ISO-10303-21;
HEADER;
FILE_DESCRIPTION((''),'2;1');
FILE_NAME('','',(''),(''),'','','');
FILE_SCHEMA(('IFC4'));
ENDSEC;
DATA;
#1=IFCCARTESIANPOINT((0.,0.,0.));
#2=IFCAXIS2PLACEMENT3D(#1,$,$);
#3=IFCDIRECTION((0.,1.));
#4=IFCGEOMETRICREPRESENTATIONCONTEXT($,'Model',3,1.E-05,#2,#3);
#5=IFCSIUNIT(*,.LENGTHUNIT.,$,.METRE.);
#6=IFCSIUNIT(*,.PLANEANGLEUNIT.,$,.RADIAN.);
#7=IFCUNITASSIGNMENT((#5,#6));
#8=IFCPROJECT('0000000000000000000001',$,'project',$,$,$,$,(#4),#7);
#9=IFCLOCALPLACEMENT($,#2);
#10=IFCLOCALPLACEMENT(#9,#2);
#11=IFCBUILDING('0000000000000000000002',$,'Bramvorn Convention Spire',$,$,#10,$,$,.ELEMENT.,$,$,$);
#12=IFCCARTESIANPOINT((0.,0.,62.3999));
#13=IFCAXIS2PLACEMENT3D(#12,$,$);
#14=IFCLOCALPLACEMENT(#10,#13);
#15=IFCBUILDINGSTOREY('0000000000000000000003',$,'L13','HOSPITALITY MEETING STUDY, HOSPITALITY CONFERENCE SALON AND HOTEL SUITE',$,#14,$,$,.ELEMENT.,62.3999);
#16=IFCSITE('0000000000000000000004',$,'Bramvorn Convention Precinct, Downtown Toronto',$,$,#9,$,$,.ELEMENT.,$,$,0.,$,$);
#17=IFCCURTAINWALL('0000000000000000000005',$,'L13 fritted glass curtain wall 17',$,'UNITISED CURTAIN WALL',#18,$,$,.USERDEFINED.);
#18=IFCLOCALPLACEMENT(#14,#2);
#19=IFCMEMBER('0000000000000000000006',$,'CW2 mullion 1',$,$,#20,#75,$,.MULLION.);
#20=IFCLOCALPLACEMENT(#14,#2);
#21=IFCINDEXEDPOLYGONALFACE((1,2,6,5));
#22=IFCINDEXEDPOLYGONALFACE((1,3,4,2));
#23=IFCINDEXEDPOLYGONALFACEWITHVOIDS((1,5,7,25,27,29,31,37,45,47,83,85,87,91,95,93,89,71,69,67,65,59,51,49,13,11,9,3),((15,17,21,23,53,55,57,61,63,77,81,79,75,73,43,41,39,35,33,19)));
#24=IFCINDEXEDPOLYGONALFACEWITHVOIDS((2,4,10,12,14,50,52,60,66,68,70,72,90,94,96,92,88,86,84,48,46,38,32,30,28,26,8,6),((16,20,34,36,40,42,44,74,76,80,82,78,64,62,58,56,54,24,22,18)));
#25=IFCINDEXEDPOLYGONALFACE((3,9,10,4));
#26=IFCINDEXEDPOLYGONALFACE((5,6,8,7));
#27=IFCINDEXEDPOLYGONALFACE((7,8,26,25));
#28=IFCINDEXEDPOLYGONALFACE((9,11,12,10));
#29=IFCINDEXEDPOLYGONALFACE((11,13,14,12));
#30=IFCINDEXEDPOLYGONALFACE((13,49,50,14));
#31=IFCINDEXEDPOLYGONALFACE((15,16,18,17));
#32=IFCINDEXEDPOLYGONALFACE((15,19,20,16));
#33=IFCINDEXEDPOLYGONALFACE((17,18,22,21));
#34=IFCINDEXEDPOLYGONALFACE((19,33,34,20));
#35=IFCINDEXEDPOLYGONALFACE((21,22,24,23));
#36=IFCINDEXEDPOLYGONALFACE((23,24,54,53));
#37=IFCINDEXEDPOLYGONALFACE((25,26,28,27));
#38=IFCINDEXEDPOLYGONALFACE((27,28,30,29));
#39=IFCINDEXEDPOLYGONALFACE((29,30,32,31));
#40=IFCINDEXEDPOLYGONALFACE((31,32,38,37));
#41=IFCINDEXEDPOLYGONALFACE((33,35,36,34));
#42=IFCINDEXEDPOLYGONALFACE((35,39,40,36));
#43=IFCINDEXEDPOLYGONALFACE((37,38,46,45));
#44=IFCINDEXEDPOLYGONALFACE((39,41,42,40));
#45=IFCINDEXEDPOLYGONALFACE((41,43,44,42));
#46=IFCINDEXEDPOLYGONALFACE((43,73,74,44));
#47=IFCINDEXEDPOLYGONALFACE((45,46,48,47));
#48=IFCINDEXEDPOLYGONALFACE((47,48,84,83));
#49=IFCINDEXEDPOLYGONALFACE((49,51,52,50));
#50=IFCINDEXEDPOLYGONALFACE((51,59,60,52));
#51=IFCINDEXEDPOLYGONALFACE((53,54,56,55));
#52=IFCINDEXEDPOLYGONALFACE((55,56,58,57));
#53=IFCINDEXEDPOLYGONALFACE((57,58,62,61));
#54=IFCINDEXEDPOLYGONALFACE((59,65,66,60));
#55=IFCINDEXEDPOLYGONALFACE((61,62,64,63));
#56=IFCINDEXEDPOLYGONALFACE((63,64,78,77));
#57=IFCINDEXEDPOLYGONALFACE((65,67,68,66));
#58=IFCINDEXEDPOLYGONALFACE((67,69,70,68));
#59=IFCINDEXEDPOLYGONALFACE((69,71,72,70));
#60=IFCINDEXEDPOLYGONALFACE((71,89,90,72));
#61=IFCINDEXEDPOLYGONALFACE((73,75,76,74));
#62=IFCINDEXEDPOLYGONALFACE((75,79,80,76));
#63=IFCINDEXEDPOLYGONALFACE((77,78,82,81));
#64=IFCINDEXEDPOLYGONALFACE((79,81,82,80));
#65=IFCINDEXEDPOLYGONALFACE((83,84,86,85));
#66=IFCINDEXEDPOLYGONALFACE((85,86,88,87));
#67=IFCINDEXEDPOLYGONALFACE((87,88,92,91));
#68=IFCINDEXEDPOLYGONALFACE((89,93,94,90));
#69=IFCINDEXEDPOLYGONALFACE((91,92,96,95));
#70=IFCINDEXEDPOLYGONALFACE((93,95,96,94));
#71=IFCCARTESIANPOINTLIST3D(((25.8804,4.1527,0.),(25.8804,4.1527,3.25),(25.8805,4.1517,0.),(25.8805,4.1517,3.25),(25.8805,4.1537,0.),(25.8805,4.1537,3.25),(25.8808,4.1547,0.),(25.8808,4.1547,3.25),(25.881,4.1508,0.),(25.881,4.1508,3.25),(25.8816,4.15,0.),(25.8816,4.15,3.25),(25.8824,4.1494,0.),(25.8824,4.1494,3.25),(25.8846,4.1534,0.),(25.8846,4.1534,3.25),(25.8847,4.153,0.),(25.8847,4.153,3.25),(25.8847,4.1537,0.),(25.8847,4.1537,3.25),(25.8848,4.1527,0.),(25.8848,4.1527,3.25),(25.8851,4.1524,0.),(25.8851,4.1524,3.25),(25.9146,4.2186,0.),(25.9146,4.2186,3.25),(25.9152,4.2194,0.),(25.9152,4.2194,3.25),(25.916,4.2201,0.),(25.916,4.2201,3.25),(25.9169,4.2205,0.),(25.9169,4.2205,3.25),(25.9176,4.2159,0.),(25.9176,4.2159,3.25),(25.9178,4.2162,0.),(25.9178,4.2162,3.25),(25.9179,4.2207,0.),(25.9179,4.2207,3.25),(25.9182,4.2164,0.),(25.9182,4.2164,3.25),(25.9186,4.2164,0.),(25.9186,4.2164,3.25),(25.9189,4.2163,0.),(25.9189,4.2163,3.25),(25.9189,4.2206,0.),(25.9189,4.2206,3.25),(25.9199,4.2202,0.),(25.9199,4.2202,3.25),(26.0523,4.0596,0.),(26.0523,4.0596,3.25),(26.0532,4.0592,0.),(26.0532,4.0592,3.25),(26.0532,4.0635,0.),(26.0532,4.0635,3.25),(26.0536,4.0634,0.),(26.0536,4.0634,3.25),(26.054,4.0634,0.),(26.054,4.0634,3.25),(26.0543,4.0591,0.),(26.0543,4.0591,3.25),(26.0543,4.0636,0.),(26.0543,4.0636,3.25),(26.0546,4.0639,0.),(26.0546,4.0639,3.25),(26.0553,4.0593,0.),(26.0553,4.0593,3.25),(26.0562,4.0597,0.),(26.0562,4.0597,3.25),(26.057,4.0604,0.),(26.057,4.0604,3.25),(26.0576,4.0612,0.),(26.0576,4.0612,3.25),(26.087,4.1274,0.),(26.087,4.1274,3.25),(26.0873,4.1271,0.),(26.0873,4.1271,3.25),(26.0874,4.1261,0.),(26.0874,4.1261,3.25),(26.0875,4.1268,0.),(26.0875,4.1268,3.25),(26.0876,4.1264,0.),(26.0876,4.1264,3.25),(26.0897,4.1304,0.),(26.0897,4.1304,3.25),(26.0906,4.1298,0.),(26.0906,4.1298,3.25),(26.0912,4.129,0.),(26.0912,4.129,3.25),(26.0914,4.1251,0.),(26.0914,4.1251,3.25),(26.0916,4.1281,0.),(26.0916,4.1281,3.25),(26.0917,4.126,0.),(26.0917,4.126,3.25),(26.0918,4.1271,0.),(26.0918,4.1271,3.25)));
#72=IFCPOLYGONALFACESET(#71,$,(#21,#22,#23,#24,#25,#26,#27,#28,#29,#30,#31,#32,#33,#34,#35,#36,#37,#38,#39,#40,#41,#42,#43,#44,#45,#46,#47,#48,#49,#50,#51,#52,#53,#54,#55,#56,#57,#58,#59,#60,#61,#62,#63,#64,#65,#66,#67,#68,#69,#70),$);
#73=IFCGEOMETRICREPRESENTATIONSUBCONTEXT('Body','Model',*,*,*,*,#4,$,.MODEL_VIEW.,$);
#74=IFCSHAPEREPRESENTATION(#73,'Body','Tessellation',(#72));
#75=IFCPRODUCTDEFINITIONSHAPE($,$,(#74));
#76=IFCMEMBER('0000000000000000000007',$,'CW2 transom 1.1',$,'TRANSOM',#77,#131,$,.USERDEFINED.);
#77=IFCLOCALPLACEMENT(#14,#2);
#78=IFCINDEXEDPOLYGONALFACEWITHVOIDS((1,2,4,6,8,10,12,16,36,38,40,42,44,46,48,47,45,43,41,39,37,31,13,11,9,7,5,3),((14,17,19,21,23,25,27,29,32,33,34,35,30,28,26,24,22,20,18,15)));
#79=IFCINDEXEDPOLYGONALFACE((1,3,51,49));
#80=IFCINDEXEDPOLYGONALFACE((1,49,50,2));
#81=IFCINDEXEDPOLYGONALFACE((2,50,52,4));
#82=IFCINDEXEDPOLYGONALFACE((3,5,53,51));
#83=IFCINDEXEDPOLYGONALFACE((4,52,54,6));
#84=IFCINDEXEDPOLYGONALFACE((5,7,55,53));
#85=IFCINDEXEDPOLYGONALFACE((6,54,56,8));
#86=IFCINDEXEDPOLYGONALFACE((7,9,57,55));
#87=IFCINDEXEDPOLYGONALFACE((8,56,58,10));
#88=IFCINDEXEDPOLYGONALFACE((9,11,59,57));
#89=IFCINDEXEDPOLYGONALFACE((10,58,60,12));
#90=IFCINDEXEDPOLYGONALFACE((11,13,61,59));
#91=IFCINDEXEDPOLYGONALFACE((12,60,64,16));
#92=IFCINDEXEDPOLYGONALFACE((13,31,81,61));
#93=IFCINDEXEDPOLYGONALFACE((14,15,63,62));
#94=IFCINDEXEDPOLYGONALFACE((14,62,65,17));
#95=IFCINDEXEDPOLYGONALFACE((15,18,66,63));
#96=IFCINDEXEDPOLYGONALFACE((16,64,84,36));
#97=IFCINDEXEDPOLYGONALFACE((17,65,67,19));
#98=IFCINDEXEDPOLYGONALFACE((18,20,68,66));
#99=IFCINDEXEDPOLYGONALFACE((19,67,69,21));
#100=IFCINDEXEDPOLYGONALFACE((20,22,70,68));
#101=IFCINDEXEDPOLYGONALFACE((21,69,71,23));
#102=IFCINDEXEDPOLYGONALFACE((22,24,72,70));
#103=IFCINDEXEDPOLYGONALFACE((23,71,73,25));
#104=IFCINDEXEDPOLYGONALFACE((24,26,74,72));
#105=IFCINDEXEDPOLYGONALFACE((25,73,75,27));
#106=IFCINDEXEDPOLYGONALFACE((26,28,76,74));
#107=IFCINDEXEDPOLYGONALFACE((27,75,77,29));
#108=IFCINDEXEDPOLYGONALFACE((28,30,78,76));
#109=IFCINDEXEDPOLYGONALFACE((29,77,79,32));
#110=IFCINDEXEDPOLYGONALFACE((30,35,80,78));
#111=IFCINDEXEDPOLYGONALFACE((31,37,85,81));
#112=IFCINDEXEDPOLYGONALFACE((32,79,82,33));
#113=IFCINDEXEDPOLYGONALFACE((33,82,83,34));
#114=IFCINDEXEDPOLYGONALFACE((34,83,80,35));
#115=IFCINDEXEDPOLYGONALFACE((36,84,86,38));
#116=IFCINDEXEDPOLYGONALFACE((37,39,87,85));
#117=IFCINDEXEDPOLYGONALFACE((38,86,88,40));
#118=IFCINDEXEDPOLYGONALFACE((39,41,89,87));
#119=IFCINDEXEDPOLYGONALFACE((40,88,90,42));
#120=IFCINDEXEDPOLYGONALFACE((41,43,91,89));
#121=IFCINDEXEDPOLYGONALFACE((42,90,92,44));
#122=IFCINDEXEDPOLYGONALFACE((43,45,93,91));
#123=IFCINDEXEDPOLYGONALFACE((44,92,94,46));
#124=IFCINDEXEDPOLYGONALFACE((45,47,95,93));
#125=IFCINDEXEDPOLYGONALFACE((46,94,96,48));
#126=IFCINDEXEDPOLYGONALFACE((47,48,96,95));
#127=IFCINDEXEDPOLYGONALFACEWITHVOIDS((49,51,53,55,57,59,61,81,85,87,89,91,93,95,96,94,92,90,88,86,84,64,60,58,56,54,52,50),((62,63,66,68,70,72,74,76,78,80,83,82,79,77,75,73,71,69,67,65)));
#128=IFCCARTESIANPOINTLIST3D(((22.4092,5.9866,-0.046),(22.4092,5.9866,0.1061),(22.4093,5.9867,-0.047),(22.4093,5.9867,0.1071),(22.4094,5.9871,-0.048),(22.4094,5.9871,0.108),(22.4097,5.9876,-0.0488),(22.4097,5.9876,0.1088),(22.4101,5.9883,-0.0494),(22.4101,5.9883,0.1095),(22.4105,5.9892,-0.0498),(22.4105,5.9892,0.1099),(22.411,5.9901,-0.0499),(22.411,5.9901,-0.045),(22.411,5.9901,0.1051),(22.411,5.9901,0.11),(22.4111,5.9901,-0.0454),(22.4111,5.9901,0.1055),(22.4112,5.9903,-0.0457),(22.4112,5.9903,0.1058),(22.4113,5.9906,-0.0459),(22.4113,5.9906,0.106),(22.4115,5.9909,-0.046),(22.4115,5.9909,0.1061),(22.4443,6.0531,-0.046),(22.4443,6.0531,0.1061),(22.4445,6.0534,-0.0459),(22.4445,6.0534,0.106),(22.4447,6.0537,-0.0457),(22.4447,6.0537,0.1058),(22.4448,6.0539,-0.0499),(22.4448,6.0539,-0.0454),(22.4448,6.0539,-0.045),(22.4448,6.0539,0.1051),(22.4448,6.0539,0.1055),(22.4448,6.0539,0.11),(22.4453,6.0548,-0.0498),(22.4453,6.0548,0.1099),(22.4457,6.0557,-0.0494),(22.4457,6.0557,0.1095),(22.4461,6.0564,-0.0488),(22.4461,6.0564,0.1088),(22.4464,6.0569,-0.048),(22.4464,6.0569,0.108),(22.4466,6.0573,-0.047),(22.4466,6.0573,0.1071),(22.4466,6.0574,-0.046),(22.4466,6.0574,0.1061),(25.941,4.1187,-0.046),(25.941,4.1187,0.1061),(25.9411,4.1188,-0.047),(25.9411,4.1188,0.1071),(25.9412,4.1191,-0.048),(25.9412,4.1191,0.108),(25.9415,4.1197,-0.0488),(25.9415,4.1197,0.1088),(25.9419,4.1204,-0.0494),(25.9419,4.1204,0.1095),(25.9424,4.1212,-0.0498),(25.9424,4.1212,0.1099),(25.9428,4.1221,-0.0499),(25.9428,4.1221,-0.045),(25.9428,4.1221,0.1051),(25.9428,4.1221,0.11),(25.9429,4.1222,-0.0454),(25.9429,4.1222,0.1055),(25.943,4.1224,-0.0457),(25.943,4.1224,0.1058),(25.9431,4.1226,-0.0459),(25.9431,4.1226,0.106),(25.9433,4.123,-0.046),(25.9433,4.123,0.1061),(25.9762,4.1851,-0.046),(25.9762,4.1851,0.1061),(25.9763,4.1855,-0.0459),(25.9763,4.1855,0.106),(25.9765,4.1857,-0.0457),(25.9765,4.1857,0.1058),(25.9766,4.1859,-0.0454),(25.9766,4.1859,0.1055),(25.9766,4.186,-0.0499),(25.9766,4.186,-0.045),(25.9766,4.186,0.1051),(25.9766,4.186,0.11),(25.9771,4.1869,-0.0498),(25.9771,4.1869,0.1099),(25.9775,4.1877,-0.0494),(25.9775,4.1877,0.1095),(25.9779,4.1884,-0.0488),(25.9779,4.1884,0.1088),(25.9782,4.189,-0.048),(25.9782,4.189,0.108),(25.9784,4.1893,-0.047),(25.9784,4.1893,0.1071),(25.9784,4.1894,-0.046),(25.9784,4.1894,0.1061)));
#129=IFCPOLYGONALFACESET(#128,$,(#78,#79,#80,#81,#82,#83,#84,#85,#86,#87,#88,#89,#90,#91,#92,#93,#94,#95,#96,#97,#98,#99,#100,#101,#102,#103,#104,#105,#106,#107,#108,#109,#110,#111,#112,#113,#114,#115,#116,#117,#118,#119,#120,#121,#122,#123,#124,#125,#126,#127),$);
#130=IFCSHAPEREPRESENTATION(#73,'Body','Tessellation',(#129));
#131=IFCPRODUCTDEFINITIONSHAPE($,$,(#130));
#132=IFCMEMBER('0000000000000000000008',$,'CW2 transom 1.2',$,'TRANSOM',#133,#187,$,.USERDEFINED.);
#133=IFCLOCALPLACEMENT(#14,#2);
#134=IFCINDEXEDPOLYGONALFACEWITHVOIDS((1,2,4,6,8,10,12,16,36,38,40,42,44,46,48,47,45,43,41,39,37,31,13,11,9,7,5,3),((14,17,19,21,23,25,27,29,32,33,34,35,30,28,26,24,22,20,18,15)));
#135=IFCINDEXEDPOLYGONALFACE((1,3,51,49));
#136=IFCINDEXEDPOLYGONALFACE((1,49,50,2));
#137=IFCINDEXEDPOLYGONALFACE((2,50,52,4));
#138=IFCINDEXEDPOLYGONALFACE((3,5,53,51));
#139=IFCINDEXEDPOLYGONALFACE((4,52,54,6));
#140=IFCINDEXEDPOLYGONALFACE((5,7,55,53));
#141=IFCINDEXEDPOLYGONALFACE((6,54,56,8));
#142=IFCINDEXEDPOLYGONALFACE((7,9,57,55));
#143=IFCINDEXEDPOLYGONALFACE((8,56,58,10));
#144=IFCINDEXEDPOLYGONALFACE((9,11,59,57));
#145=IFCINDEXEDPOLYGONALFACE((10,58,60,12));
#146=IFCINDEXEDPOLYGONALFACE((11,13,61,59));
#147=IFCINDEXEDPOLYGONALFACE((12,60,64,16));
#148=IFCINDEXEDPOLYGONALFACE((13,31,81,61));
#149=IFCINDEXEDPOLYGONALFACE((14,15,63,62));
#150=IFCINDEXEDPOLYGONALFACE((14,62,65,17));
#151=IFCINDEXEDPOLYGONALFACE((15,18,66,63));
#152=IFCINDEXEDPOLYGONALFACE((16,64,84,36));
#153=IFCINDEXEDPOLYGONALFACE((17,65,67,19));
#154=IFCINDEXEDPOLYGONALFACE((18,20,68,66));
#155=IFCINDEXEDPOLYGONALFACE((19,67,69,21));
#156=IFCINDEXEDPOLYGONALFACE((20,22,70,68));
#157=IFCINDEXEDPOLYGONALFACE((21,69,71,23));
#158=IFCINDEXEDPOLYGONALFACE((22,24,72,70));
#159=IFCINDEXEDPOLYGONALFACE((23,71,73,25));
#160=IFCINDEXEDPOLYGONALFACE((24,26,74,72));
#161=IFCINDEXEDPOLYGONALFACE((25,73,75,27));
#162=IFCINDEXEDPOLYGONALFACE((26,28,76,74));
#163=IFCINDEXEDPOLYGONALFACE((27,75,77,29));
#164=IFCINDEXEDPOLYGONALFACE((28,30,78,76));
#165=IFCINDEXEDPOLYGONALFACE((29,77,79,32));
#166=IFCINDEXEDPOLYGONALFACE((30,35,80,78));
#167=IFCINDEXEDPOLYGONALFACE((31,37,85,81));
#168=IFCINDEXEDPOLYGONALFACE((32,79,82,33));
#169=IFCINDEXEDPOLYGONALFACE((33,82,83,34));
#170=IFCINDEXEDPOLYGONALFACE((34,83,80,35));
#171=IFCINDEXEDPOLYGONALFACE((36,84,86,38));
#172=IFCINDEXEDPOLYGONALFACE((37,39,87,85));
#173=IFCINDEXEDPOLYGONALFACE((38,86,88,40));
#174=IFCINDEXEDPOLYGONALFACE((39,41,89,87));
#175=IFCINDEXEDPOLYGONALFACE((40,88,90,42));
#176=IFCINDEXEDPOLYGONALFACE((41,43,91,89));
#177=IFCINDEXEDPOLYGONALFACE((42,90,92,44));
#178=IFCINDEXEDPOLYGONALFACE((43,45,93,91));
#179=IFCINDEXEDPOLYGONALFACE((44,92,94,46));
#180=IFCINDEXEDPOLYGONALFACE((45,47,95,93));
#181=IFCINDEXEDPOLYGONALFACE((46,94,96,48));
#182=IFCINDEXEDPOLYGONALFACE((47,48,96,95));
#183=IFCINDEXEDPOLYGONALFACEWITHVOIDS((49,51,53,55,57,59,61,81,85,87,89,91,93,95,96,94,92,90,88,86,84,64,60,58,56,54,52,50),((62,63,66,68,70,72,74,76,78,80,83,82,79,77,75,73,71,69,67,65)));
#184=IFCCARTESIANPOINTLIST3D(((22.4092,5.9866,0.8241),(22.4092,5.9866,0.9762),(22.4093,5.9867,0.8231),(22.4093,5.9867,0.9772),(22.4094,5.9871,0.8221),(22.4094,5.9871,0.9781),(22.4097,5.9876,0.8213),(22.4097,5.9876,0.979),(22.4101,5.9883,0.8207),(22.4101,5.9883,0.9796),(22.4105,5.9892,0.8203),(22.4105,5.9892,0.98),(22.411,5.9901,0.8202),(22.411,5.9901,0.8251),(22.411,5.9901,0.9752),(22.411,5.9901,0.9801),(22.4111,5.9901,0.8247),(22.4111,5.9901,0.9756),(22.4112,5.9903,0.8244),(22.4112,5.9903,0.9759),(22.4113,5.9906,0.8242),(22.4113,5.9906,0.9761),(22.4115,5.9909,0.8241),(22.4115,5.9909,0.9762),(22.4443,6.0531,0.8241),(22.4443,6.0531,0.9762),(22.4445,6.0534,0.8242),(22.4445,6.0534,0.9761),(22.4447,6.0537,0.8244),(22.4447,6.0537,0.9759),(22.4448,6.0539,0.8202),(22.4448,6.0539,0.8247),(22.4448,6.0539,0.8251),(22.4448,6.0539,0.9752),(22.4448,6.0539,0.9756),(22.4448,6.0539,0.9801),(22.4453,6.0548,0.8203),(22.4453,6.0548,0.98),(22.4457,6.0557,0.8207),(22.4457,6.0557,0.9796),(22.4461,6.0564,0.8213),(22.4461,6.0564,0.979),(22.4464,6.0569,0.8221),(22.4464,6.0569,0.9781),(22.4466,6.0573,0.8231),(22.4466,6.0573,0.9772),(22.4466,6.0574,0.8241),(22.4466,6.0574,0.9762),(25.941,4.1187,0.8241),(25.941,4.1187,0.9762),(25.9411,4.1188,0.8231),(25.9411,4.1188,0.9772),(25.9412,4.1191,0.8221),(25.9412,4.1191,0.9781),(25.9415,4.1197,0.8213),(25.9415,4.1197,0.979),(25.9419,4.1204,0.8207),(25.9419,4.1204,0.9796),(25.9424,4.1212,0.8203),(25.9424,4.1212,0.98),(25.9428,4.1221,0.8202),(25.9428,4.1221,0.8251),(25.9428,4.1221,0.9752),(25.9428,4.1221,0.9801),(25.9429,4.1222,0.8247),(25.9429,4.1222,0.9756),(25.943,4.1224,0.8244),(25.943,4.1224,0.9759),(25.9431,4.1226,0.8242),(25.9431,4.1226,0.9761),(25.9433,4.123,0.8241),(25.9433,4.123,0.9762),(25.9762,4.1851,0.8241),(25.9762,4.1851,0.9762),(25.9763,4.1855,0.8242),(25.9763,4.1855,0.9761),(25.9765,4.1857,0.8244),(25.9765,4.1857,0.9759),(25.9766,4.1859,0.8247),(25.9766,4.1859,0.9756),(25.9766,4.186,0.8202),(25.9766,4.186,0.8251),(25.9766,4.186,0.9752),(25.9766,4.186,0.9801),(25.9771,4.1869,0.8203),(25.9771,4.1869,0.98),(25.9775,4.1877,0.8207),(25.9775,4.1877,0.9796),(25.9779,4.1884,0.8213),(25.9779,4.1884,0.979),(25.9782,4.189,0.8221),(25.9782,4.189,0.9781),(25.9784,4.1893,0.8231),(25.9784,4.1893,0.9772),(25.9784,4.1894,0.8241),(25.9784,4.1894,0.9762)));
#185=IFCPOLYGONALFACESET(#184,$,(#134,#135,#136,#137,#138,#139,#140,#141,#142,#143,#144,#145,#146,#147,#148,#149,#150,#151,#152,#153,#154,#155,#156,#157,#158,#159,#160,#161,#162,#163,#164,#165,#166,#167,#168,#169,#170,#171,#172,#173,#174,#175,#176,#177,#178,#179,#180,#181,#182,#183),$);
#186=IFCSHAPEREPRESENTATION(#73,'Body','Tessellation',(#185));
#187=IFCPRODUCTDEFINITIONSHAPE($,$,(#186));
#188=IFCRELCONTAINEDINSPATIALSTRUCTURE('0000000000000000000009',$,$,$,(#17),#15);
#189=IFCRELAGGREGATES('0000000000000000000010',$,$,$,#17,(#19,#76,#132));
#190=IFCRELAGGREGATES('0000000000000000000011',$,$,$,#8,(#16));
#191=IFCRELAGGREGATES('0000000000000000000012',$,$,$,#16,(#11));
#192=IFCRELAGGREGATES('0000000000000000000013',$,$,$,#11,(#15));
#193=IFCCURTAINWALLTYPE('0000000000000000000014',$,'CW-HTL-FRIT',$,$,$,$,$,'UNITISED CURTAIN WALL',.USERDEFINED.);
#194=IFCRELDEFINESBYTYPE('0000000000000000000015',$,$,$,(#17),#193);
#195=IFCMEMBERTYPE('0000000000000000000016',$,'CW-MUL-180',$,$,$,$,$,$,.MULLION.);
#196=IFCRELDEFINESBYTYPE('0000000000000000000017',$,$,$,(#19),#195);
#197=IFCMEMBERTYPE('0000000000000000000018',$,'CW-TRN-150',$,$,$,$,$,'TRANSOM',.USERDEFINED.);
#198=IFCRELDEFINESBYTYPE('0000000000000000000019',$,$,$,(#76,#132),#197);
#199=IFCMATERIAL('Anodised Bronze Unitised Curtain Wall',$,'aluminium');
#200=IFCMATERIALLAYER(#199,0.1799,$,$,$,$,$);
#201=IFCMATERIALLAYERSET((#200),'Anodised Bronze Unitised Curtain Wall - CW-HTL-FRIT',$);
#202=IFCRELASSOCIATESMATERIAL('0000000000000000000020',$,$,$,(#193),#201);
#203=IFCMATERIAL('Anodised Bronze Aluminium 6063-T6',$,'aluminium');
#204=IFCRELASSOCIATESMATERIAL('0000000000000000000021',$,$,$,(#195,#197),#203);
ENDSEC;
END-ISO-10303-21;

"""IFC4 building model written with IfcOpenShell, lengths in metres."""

from ifc_helpers import new_model, si_unit, direction, frame, origin, origin_2d, place, context, subcontext, project, spatial, hollow_rectangle, extrude, material, layer, layer_set, material_profile, profile_set, type_object, element, aggregate, save


model = new_model("IFC4")

# Units and contexts
model_context = context("Model", 3, precision=1e-05, world=origin(), true_north=direction((0.0, 1.0)))
body_context = subcontext(model_context, "Body", "Model", "MODEL_VIEW")
ifc_project = project(units=[si_unit("LENGTHUNIT", "METRE"), si_unit("PLANEANGLEUNIT", "RADIAN")], contexts=[model_context])

# Site, building, storey
site_placement = place(None, origin())
site = spatial("IfcSite", under=ifc_project, at=site_placement, Name="Bramvorn Convention Precinct, Downtown Toronto", CompositionType="ELEMENT", RefElevation=0.0)
building_placement = place(site_placement, origin())
building = spatial("IfcBuilding", under=site, at=building_placement, Name="Bramvorn Convention Spire", CompositionType="ELEMENT")
storey_placement = place(building_placement, frame((0.0, 0.0, 62.3999)))
storey = spatial("IfcBuildingStorey", under=building, at=storey_placement, Name="L13", Description="HOSPITALITY MEETING STUDY, HOSPITALITY CONFERENCE SALON AND HOTEL SUITE", CompositionType="ELEMENT", Elevation=62.3999)

# Curtain wall, members
ifc_material_1 = material(Name="Anodised Bronze Unitised Curtain Wall", Category="aluminium")
ifc_layer_1 = layer(ifc_material_1, 0.1799)
ifc_layer_set_1 = layer_set([ifc_layer_1], Name="Anodised Bronze Unitised Curtain Wall - CW-HTL-FRIT")
curtain_wall_type = type_object("IfcCurtainWallType", Name="CW-HTL-FRIT", ElementType="UNITISED CURTAIN WALL", PredefinedType="USERDEFINED", material=ifc_layer_set_1)
curtain_wall_placement = place(storey_placement, origin())
curtain_wall = element("IfcCurtainWall", 1, at=curtain_wall_placement, inside=storey, type_object=curtain_wall_type, Name="L13 fritted glass curtain wall 17", ObjectType="UNITISED CURTAIN WALL", PredefinedType="USERDEFINED")
ifc_material_2 = material(Name="Anodised Bronze Aluminium 6063-T6", Category="aluminium")
ifc_material_profile_1 = material_profile(ifc_material_2, hollow_rectangle(XDim=0.0801, YDim=0.2, WallThickness=0.0039, InnerFilletRadius=0.001, OuterFilletRadius=0.0039, at=origin_2d()))
ifc_profile_set_1 = profile_set([ifc_material_profile_1], Name="Anodised Bronze Aluminium 6063-T6 - CWM80X200")
member_type_1 = type_object("IfcMemberType", Name="CW-MUL-180", PredefinedType="MULLION", material=ifc_profile_set_1)
member_1_placement = place(storey_placement, frame((25.9861, 4.1399, 0.0), z_axis=(0.0, 0.0, 1.0), x_axis=(-0.46756, -0.883961, 0.0)))
member_1 = element("IfcMember", 2, at=member_1_placement, type_object=member_type_1, Name="CW2 mullion 1", PredefinedType="MULLION", context=body_context, shape_type="SweptSolid", body=[
    extrude(hollow_rectangle(XDim=0.0801, YDim=0.2, WallThickness=0.0039, InnerFilletRadius=0.001, OuterFilletRadius=0.0039, at=origin_2d()), origin(), (0.0, 0.0, 1.0), 3.25),
])
ifc_material_profile_2 = material_profile(ifc_material_2, hollow_rectangle(XDim=0.0801, YDim=0.1599, WallThickness=0.0039, InnerFilletRadius=0.001, OuterFilletRadius=0.0039, at=origin_2d()))
ifc_profile_set_2 = profile_set([ifc_material_profile_2], Name="Anodised Bronze Aluminium 6063-T6 - CWT80X160")
member_type_2 = type_object("IfcMemberType", Name="CW-TRN-150", ElementType="TRANSOM", PredefinedType="USERDEFINED", material=ifc_profile_set_2)
member_2_placement = place(storey_placement, frame((25.9597, 4.1541, 0.03), z_axis=(-0.883977, 0.467531, 0.0), x_axis=(-0.467531, -0.883977, 0.0)))
member_2 = element("IfcMember", 3, at=member_2_placement, type_object=member_type_2, Name="CW2 transom 1.1", ObjectType="TRANSOM", PredefinedType="USERDEFINED", context=body_context, shape_type="SweptSolid", body=[
    extrude(hollow_rectangle(XDim=0.0801, YDim=0.1599, WallThickness=0.0039, InnerFilletRadius=0.001, OuterFilletRadius=0.0039, at=origin_2d()), origin(), (0.0, 0.0, 1.0), 3.9954),
])
member_3_placement = place(storey_placement, frame((25.9597, 4.1541, 0.9001), z_axis=(-0.883977, 0.467531, 0.0), x_axis=(-0.467531, -0.883977, 0.0)))
member_3 = element("IfcMember", 4, at=member_3_placement, type_object=member_type_2, Name="CW2 transom 1.2", ObjectType="TRANSOM", PredefinedType="USERDEFINED", context=body_context, shape_type="SweptSolid", body=[
    extrude(hollow_rectangle(XDim=0.0801, YDim=0.1599, WallThickness=0.0039, InnerFilletRadius=0.001, OuterFilletRadius=0.0039, at=origin_2d()), origin(), (0.0, 0.0, 1.0), 3.9954),
])
aggregate(curtain_wall, [member_1, member_2, member_3])

save(model, "model.ifc")
